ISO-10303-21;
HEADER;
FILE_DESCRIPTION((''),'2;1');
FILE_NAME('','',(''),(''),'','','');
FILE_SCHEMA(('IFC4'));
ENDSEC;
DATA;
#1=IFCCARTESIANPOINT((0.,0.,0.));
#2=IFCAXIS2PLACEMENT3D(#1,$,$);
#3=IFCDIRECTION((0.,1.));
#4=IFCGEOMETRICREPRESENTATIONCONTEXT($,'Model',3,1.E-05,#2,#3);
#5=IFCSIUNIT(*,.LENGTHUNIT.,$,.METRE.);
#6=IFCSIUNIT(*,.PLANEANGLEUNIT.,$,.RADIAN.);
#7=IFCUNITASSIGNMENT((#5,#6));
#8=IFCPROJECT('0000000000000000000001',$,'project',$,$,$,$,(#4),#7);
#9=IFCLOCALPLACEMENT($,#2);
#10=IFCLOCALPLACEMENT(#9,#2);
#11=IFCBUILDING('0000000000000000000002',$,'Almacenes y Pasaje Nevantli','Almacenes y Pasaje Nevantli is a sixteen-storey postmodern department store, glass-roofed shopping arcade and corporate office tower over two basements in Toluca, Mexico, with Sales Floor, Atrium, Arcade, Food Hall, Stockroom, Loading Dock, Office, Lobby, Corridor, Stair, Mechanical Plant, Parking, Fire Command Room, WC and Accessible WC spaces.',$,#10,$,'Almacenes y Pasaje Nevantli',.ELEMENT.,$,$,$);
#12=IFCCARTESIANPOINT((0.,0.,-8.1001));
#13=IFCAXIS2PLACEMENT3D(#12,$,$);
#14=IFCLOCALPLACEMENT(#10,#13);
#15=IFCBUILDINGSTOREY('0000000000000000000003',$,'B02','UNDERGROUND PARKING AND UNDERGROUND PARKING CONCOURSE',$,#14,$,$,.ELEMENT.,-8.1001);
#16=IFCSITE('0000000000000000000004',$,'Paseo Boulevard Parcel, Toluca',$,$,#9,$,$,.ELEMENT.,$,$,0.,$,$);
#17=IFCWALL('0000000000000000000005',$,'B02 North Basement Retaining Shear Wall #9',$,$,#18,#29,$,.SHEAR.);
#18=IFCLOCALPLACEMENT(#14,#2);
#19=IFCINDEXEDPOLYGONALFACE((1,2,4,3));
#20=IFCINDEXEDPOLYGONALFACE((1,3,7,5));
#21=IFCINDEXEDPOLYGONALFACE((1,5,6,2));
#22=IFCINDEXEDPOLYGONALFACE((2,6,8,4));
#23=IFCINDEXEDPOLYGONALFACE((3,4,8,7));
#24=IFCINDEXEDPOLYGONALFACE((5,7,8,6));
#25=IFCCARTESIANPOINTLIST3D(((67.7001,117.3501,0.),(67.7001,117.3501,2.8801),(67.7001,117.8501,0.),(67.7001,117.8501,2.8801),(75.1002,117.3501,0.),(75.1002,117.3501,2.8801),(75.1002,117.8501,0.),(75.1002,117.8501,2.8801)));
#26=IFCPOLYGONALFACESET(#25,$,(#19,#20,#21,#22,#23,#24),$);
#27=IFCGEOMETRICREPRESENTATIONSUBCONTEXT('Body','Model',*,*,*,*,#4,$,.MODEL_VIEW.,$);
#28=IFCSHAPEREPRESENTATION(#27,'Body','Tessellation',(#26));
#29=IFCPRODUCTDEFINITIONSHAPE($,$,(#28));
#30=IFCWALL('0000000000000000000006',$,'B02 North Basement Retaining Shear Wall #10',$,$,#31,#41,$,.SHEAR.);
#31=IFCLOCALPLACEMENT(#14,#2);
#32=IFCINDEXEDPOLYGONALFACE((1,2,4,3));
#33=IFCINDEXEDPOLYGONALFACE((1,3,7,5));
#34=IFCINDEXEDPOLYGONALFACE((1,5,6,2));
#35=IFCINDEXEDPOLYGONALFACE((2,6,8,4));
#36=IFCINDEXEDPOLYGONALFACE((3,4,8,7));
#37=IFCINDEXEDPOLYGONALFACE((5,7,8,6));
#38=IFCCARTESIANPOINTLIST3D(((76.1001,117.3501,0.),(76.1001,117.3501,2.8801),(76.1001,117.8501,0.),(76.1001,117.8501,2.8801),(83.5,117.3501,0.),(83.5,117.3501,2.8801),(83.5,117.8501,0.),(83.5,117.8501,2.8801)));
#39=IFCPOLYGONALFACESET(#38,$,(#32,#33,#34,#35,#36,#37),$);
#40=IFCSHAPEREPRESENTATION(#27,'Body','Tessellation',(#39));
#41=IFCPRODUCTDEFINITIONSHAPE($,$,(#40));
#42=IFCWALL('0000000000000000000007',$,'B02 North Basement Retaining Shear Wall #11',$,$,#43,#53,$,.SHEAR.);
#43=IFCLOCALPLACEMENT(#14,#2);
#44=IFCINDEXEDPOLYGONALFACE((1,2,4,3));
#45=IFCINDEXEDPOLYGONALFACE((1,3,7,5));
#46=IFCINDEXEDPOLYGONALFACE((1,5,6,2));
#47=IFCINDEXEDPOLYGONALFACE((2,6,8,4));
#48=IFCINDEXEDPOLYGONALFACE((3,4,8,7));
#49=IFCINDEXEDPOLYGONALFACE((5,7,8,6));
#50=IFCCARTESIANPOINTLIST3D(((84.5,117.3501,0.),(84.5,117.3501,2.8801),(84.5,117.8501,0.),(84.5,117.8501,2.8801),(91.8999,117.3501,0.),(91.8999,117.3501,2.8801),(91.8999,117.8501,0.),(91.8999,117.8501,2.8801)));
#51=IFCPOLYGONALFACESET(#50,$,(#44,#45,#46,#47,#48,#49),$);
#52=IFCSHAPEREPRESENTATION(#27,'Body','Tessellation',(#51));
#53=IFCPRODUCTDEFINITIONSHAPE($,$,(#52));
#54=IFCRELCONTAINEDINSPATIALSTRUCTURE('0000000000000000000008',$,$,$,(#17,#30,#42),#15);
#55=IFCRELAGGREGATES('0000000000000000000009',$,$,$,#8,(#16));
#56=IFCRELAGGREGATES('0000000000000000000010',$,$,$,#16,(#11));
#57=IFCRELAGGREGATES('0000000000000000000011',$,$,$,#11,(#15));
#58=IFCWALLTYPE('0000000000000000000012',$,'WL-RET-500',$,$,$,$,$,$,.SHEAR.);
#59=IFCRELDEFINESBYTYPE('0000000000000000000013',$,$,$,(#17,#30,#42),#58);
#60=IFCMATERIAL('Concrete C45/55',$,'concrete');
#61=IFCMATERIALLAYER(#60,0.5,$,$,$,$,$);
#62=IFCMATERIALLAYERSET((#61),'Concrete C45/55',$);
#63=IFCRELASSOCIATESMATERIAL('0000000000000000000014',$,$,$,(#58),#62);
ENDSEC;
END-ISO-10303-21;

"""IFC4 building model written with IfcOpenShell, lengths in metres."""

from ifc_helpers import new_model, si_unit, direction, frame, frame_2d, origin, place, context, subcontext, project, spatial, rectangle, extrude, material, layer, layer_set, type_object, element, save


model = new_model("IFC4")

# Units and contexts
model_context = context("Model", 3, precision=1e-05, world=origin(), true_north=direction((0.0, 1.0)))
body_context = subcontext(model_context, "Body", "Model", "MODEL_VIEW")
ifc_project = project(units=[si_unit("LENGTHUNIT", "METRE"), si_unit("PLANEANGLEUNIT", "RADIAN")], contexts=[model_context])

# Site, building, storey
site_placement = place(None, origin())
site = spatial("IfcSite", under=ifc_project, at=site_placement, Name="Paseo Boulevard Parcel, Toluca", CompositionType="ELEMENT", RefElevation=0.0)
building_placement = place(site_placement, origin())
building = spatial("IfcBuilding", under=site, at=building_placement, Name="Almacenes y Pasaje Nevantli", Description="Almacenes y Pasaje Nevantli is a sixteen-storey postmodern department store, glass-roofed shopping arcade and corporate office tower over two basements in Toluca, Mexico, with Sales Floor, Atrium, Arcade, Food Hall, Stockroom, Loading Dock, Office, Lobby, Corridor, Stair, Mechanical Plant, Parking, Fire Command Room, WC and Accessible WC spaces.", LongName="Almacenes y Pasaje Nevantli", CompositionType="ELEMENT")
storey_placement = place(building_placement, frame((0.0, 0.0, -8.1001)))
storey = spatial("IfcBuildingStorey", under=building, at=storey_placement, Name="B02", Description="UNDERGROUND PARKING AND UNDERGROUND PARKING CONCOURSE", CompositionType="ELEMENT", Elevation=-8.1001)

# Walls
ifc_material_1 = material(Name="Concrete C45/55", Category="concrete")
ifc_layer_1 = layer(ifc_material_1, 0.5)
ifc_layer_set_1 = layer_set([ifc_layer_1], Name="Concrete C45/55")
wall_type = type_object("IfcWallType", Name="WL-RET-500", PredefinedType="SHEAR", material=ifc_layer_set_1)
wall_1_placement = place(storey_placement, frame((67.7, 117.6001, 0.0), z_axis=(0.0, 0.0, 1.0), x_axis=(1.0, 0.0, 0.0)))
element("IfcWall", 1, at=wall_1_placement, inside=storey, type_object=wall_type, Name="B02 North Basement Retaining Shear Wall #9", PredefinedType="SHEAR", context=body_context, shape_type="SweptSolid", body=[
    extrude(rectangle(XDim=7.4001, YDim=0.5, at=frame_2d((3.7002, 0.0))), origin(), (0.0, 0.0, 1.0), 2.8801),
])
for number, where, z_axis, x_axis, name in (
    (2, (76.1001, 117.6001, 0.0), (0.0, 0.0, 1.0), (1.0, 0.0, 0.0), "B02 North Basement Retaining Shear Wall #10"),
    (3, (84.5, 117.6001, 0.0), (0.0, 0.0, 1.0), (1.0, 0.0, 0.0), "B02 North Basement Retaining Shear Wall #11"),
):
    element("IfcWall", number, at=place(storey_placement, frame(where, z_axis=z_axis, x_axis=x_axis)), inside=storey, type_object=wall_type, Name=name, PredefinedType="SHEAR", context=body_context, shape_type="SweptSolid", body=[
        extrude(rectangle(XDim=7.3999, YDim=0.5, at=frame_2d((3.7, 0.0))), origin(), (0.0, 0.0, 1.0), 2.8801),
    ])

save(model, "model.ifc")
